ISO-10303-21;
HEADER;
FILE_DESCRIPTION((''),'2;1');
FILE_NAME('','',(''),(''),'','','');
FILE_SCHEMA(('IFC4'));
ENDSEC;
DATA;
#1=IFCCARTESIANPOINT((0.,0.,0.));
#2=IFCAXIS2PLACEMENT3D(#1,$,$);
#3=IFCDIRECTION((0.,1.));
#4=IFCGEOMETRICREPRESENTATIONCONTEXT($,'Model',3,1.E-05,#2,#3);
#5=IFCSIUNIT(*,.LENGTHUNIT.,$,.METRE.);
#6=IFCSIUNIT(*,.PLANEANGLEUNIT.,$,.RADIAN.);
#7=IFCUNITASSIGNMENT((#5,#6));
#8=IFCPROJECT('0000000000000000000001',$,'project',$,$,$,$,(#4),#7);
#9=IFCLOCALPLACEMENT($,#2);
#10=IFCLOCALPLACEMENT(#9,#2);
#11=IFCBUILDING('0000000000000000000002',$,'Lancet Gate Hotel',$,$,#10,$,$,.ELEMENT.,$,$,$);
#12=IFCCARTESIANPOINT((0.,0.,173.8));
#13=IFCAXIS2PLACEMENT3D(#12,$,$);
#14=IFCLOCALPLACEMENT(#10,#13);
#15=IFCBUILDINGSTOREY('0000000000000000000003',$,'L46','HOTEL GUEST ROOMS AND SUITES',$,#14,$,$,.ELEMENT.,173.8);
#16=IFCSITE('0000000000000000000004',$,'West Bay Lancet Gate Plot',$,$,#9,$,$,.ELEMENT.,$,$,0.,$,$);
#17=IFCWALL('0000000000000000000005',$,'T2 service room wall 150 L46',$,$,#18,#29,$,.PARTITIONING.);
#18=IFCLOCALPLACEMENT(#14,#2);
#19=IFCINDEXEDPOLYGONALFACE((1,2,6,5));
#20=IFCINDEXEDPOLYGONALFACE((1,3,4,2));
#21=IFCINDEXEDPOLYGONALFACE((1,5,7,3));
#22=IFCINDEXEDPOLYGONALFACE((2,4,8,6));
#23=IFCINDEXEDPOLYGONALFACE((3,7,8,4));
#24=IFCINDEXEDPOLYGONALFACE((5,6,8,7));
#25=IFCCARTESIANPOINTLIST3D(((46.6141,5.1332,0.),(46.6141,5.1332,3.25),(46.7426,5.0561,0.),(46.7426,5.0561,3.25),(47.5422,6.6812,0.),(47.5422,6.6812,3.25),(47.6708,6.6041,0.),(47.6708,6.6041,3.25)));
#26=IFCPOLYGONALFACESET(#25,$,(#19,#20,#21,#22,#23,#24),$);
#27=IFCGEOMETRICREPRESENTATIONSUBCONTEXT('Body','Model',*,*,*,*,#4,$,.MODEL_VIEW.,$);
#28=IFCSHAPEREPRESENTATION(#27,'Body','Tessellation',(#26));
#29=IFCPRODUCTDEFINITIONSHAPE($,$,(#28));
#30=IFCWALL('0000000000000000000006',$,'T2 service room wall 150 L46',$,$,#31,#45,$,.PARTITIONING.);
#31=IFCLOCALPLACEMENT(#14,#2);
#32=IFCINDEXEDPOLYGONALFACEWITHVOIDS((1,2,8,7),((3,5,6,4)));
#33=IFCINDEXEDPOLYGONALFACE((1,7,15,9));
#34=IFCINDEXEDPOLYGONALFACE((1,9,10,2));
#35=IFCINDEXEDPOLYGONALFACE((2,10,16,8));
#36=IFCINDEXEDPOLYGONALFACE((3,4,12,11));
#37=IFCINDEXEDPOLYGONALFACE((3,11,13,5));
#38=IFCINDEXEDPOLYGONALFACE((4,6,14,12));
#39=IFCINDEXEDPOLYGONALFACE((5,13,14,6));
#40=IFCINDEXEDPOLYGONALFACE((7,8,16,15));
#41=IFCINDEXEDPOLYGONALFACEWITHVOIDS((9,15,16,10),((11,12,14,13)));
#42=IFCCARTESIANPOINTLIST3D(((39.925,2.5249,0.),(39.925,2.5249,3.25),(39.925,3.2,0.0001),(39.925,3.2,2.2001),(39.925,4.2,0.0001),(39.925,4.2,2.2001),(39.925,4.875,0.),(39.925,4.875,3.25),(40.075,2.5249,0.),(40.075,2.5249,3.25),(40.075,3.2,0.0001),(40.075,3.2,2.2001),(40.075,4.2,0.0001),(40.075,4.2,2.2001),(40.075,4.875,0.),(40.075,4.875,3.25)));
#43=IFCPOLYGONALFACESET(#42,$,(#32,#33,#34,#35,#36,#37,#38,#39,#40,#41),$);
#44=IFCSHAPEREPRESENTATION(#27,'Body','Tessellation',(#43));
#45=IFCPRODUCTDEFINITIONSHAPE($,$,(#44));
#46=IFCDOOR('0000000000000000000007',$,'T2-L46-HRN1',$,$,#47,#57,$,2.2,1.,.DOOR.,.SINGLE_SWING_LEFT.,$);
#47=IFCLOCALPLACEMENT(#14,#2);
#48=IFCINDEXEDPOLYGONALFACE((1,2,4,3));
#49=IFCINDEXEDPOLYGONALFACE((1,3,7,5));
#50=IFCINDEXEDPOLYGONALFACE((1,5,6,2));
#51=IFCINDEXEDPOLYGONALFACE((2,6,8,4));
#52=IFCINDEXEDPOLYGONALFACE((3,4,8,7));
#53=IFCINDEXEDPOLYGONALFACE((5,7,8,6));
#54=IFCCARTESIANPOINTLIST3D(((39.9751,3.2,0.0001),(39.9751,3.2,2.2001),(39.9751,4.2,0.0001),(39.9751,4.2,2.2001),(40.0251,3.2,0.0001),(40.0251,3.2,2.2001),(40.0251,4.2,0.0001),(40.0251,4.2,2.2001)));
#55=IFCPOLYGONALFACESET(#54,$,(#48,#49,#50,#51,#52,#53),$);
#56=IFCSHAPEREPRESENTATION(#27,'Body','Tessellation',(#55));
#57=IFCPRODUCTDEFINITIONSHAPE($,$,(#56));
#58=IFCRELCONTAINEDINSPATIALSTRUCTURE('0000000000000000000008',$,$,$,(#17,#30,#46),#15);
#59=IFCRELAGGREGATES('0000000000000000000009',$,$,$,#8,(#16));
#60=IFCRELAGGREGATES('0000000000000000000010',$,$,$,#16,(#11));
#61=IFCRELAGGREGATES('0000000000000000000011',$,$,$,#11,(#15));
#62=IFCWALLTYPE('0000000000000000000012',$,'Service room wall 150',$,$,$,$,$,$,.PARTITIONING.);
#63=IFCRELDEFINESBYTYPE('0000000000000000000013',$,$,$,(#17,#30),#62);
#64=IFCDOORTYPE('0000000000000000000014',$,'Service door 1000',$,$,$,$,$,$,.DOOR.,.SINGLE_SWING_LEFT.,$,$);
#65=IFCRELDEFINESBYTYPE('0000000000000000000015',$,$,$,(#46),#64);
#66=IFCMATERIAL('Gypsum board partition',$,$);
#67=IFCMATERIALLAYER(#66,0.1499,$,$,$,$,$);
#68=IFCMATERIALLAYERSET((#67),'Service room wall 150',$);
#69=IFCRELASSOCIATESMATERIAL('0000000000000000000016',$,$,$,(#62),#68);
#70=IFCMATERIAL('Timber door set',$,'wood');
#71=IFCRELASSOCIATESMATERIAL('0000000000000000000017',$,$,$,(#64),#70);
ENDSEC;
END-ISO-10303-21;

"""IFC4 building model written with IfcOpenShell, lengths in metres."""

from ifc_helpers import new_model, si_unit, direction, frame, frame_2d, origin, place, context, subcontext, project, spatial, rectangle, extrude, material, layer, layer_set, type_object, element, fill, save


model = new_model("IFC4")

# Units and contexts
model_context = context("Model", 3, precision=1e-05, world=origin(), true_north=direction((0.0, 1.0)))
body_context = subcontext(model_context, "Body", "Model", "MODEL_VIEW")
ifc_project = project(units=[si_unit("LENGTHUNIT", "METRE"), si_unit("PLANEANGLEUNIT", "RADIAN")], contexts=[model_context])

# Site, building, storey
site_placement = place(None, origin())
site = spatial("IfcSite", under=ifc_project, at=site_placement, Name="West Bay Lancet Gate Plot", CompositionType="ELEMENT", RefElevation=0.0)
building_placement = place(site_placement, origin())
building = spatial("IfcBuilding", under=site, at=building_placement, Name="Lancet Gate Hotel", CompositionType="ELEMENT")
storey_placement = place(building_placement, frame((0.0, 0.0, 173.8)))
storey = spatial("IfcBuildingStorey", under=building, at=storey_placement, Name="L46", Description="HOTEL GUEST ROOMS AND SUITES", CompositionType="ELEMENT", Elevation=173.8)

# Wall
ifc_material_1 = material(Name="Gypsum board partition")
ifc_layer_1 = layer(ifc_material_1, 0.1499)
ifc_layer_set_1 = layer_set([ifc_layer_1], Name="Service room wall 150")
wall_type_1 = type_object("IfcWallType", Name="Service room wall 150", PredefinedType="PARTITIONING", material=ifc_layer_set_1)
wall_1_placement = place(storey_placement, frame((47.6064, 6.6426, 0.0), z_axis=(0.0, 0.0, 1.0), x_axis=(-0.514237, -0.857648, 0.0)))
element("IfcWall", 1, at=wall_1_placement, inside=storey, type_object=wall_type_1, Name="T2 service room wall 150 L46", PredefinedType="PARTITIONING", context=body_context, shape_type="SweptSolid", body=[
    extrude(rectangle(XDim=1.8049, YDim=0.1499, at=frame_2d((0.9023, 0.0))), origin(), (0.0, 0.0, 1.0), 3.25),
])

# Wall, opening, door
wall_2_placement = place(storey_placement, frame((40.0, 2.5249, 0.0), z_axis=(0.0, 0.0, 1.0), x_axis=(0.0, 1.0, 0.0)))
wall_2 = element("IfcWall", 2, at=wall_2_placement, inside=storey, type_object=wall_type_1, Name="T2 service room wall 150 L46", PredefinedType="PARTITIONING", context=body_context, shape_type="SweptSolid", body=[
    extrude(rectangle(XDim=2.3501, YDim=0.1499, at=frame_2d((1.175, 0.0))), origin(), (0.0, 0.0, 1.0), 3.25),
])
opening_1_placement = place(wall_2_placement, frame((0.675, 0.0, 0.0)))
opening_1 = element("IfcOpeningElement", 3, at=opening_1_placement, cuts=wall_2, PredefinedType="OPENING", context=body_context, shape_type="SweptSolid", body=[
    extrude(rectangle(XDim=1.0, YDim=2.2, at=frame_2d((0.5, 1.1001))), frame((0.0, 0.085, 0.0), z_axis=(0.0, -1.0, 0.0), x_axis=(1.0, 0.0, 0.0)), (0.0, 0.0, 1.0), 0.1699),
])
ifc_material_2 = material(Name="Timber door set", Category="wood")
door_type_1 = type_object("IfcDoorType", Name="Service door 1000", OperationType="SINGLE_SWING_LEFT", PredefinedType="DOOR", material=ifc_material_2)
door_1_placement = place(opening_1_placement, origin())
door_1 = element("IfcDoor", 4, at=door_1_placement, inside=storey, type_object=door_type_1, Name="T2-L46-HRN1", OperationType="SINGLE_SWING_LEFT", OverallHeight=2.2, OverallWidth=1.0, PredefinedType="DOOR", context=body_context, shape_type="SweptSolid", body=[
    extrude(rectangle(XDim=1.0, YDim=2.2, at=frame_2d((0.5, 1.1001))), frame((0.0, 0.0249, 0.0), z_axis=(0.0, -1.0, 0.0), x_axis=(1.0, 0.0, 0.0)), (0.0, 0.0, 1.0), 0.05),
])
fill(opening_1, door_1)

save(model, "model.ifc")
